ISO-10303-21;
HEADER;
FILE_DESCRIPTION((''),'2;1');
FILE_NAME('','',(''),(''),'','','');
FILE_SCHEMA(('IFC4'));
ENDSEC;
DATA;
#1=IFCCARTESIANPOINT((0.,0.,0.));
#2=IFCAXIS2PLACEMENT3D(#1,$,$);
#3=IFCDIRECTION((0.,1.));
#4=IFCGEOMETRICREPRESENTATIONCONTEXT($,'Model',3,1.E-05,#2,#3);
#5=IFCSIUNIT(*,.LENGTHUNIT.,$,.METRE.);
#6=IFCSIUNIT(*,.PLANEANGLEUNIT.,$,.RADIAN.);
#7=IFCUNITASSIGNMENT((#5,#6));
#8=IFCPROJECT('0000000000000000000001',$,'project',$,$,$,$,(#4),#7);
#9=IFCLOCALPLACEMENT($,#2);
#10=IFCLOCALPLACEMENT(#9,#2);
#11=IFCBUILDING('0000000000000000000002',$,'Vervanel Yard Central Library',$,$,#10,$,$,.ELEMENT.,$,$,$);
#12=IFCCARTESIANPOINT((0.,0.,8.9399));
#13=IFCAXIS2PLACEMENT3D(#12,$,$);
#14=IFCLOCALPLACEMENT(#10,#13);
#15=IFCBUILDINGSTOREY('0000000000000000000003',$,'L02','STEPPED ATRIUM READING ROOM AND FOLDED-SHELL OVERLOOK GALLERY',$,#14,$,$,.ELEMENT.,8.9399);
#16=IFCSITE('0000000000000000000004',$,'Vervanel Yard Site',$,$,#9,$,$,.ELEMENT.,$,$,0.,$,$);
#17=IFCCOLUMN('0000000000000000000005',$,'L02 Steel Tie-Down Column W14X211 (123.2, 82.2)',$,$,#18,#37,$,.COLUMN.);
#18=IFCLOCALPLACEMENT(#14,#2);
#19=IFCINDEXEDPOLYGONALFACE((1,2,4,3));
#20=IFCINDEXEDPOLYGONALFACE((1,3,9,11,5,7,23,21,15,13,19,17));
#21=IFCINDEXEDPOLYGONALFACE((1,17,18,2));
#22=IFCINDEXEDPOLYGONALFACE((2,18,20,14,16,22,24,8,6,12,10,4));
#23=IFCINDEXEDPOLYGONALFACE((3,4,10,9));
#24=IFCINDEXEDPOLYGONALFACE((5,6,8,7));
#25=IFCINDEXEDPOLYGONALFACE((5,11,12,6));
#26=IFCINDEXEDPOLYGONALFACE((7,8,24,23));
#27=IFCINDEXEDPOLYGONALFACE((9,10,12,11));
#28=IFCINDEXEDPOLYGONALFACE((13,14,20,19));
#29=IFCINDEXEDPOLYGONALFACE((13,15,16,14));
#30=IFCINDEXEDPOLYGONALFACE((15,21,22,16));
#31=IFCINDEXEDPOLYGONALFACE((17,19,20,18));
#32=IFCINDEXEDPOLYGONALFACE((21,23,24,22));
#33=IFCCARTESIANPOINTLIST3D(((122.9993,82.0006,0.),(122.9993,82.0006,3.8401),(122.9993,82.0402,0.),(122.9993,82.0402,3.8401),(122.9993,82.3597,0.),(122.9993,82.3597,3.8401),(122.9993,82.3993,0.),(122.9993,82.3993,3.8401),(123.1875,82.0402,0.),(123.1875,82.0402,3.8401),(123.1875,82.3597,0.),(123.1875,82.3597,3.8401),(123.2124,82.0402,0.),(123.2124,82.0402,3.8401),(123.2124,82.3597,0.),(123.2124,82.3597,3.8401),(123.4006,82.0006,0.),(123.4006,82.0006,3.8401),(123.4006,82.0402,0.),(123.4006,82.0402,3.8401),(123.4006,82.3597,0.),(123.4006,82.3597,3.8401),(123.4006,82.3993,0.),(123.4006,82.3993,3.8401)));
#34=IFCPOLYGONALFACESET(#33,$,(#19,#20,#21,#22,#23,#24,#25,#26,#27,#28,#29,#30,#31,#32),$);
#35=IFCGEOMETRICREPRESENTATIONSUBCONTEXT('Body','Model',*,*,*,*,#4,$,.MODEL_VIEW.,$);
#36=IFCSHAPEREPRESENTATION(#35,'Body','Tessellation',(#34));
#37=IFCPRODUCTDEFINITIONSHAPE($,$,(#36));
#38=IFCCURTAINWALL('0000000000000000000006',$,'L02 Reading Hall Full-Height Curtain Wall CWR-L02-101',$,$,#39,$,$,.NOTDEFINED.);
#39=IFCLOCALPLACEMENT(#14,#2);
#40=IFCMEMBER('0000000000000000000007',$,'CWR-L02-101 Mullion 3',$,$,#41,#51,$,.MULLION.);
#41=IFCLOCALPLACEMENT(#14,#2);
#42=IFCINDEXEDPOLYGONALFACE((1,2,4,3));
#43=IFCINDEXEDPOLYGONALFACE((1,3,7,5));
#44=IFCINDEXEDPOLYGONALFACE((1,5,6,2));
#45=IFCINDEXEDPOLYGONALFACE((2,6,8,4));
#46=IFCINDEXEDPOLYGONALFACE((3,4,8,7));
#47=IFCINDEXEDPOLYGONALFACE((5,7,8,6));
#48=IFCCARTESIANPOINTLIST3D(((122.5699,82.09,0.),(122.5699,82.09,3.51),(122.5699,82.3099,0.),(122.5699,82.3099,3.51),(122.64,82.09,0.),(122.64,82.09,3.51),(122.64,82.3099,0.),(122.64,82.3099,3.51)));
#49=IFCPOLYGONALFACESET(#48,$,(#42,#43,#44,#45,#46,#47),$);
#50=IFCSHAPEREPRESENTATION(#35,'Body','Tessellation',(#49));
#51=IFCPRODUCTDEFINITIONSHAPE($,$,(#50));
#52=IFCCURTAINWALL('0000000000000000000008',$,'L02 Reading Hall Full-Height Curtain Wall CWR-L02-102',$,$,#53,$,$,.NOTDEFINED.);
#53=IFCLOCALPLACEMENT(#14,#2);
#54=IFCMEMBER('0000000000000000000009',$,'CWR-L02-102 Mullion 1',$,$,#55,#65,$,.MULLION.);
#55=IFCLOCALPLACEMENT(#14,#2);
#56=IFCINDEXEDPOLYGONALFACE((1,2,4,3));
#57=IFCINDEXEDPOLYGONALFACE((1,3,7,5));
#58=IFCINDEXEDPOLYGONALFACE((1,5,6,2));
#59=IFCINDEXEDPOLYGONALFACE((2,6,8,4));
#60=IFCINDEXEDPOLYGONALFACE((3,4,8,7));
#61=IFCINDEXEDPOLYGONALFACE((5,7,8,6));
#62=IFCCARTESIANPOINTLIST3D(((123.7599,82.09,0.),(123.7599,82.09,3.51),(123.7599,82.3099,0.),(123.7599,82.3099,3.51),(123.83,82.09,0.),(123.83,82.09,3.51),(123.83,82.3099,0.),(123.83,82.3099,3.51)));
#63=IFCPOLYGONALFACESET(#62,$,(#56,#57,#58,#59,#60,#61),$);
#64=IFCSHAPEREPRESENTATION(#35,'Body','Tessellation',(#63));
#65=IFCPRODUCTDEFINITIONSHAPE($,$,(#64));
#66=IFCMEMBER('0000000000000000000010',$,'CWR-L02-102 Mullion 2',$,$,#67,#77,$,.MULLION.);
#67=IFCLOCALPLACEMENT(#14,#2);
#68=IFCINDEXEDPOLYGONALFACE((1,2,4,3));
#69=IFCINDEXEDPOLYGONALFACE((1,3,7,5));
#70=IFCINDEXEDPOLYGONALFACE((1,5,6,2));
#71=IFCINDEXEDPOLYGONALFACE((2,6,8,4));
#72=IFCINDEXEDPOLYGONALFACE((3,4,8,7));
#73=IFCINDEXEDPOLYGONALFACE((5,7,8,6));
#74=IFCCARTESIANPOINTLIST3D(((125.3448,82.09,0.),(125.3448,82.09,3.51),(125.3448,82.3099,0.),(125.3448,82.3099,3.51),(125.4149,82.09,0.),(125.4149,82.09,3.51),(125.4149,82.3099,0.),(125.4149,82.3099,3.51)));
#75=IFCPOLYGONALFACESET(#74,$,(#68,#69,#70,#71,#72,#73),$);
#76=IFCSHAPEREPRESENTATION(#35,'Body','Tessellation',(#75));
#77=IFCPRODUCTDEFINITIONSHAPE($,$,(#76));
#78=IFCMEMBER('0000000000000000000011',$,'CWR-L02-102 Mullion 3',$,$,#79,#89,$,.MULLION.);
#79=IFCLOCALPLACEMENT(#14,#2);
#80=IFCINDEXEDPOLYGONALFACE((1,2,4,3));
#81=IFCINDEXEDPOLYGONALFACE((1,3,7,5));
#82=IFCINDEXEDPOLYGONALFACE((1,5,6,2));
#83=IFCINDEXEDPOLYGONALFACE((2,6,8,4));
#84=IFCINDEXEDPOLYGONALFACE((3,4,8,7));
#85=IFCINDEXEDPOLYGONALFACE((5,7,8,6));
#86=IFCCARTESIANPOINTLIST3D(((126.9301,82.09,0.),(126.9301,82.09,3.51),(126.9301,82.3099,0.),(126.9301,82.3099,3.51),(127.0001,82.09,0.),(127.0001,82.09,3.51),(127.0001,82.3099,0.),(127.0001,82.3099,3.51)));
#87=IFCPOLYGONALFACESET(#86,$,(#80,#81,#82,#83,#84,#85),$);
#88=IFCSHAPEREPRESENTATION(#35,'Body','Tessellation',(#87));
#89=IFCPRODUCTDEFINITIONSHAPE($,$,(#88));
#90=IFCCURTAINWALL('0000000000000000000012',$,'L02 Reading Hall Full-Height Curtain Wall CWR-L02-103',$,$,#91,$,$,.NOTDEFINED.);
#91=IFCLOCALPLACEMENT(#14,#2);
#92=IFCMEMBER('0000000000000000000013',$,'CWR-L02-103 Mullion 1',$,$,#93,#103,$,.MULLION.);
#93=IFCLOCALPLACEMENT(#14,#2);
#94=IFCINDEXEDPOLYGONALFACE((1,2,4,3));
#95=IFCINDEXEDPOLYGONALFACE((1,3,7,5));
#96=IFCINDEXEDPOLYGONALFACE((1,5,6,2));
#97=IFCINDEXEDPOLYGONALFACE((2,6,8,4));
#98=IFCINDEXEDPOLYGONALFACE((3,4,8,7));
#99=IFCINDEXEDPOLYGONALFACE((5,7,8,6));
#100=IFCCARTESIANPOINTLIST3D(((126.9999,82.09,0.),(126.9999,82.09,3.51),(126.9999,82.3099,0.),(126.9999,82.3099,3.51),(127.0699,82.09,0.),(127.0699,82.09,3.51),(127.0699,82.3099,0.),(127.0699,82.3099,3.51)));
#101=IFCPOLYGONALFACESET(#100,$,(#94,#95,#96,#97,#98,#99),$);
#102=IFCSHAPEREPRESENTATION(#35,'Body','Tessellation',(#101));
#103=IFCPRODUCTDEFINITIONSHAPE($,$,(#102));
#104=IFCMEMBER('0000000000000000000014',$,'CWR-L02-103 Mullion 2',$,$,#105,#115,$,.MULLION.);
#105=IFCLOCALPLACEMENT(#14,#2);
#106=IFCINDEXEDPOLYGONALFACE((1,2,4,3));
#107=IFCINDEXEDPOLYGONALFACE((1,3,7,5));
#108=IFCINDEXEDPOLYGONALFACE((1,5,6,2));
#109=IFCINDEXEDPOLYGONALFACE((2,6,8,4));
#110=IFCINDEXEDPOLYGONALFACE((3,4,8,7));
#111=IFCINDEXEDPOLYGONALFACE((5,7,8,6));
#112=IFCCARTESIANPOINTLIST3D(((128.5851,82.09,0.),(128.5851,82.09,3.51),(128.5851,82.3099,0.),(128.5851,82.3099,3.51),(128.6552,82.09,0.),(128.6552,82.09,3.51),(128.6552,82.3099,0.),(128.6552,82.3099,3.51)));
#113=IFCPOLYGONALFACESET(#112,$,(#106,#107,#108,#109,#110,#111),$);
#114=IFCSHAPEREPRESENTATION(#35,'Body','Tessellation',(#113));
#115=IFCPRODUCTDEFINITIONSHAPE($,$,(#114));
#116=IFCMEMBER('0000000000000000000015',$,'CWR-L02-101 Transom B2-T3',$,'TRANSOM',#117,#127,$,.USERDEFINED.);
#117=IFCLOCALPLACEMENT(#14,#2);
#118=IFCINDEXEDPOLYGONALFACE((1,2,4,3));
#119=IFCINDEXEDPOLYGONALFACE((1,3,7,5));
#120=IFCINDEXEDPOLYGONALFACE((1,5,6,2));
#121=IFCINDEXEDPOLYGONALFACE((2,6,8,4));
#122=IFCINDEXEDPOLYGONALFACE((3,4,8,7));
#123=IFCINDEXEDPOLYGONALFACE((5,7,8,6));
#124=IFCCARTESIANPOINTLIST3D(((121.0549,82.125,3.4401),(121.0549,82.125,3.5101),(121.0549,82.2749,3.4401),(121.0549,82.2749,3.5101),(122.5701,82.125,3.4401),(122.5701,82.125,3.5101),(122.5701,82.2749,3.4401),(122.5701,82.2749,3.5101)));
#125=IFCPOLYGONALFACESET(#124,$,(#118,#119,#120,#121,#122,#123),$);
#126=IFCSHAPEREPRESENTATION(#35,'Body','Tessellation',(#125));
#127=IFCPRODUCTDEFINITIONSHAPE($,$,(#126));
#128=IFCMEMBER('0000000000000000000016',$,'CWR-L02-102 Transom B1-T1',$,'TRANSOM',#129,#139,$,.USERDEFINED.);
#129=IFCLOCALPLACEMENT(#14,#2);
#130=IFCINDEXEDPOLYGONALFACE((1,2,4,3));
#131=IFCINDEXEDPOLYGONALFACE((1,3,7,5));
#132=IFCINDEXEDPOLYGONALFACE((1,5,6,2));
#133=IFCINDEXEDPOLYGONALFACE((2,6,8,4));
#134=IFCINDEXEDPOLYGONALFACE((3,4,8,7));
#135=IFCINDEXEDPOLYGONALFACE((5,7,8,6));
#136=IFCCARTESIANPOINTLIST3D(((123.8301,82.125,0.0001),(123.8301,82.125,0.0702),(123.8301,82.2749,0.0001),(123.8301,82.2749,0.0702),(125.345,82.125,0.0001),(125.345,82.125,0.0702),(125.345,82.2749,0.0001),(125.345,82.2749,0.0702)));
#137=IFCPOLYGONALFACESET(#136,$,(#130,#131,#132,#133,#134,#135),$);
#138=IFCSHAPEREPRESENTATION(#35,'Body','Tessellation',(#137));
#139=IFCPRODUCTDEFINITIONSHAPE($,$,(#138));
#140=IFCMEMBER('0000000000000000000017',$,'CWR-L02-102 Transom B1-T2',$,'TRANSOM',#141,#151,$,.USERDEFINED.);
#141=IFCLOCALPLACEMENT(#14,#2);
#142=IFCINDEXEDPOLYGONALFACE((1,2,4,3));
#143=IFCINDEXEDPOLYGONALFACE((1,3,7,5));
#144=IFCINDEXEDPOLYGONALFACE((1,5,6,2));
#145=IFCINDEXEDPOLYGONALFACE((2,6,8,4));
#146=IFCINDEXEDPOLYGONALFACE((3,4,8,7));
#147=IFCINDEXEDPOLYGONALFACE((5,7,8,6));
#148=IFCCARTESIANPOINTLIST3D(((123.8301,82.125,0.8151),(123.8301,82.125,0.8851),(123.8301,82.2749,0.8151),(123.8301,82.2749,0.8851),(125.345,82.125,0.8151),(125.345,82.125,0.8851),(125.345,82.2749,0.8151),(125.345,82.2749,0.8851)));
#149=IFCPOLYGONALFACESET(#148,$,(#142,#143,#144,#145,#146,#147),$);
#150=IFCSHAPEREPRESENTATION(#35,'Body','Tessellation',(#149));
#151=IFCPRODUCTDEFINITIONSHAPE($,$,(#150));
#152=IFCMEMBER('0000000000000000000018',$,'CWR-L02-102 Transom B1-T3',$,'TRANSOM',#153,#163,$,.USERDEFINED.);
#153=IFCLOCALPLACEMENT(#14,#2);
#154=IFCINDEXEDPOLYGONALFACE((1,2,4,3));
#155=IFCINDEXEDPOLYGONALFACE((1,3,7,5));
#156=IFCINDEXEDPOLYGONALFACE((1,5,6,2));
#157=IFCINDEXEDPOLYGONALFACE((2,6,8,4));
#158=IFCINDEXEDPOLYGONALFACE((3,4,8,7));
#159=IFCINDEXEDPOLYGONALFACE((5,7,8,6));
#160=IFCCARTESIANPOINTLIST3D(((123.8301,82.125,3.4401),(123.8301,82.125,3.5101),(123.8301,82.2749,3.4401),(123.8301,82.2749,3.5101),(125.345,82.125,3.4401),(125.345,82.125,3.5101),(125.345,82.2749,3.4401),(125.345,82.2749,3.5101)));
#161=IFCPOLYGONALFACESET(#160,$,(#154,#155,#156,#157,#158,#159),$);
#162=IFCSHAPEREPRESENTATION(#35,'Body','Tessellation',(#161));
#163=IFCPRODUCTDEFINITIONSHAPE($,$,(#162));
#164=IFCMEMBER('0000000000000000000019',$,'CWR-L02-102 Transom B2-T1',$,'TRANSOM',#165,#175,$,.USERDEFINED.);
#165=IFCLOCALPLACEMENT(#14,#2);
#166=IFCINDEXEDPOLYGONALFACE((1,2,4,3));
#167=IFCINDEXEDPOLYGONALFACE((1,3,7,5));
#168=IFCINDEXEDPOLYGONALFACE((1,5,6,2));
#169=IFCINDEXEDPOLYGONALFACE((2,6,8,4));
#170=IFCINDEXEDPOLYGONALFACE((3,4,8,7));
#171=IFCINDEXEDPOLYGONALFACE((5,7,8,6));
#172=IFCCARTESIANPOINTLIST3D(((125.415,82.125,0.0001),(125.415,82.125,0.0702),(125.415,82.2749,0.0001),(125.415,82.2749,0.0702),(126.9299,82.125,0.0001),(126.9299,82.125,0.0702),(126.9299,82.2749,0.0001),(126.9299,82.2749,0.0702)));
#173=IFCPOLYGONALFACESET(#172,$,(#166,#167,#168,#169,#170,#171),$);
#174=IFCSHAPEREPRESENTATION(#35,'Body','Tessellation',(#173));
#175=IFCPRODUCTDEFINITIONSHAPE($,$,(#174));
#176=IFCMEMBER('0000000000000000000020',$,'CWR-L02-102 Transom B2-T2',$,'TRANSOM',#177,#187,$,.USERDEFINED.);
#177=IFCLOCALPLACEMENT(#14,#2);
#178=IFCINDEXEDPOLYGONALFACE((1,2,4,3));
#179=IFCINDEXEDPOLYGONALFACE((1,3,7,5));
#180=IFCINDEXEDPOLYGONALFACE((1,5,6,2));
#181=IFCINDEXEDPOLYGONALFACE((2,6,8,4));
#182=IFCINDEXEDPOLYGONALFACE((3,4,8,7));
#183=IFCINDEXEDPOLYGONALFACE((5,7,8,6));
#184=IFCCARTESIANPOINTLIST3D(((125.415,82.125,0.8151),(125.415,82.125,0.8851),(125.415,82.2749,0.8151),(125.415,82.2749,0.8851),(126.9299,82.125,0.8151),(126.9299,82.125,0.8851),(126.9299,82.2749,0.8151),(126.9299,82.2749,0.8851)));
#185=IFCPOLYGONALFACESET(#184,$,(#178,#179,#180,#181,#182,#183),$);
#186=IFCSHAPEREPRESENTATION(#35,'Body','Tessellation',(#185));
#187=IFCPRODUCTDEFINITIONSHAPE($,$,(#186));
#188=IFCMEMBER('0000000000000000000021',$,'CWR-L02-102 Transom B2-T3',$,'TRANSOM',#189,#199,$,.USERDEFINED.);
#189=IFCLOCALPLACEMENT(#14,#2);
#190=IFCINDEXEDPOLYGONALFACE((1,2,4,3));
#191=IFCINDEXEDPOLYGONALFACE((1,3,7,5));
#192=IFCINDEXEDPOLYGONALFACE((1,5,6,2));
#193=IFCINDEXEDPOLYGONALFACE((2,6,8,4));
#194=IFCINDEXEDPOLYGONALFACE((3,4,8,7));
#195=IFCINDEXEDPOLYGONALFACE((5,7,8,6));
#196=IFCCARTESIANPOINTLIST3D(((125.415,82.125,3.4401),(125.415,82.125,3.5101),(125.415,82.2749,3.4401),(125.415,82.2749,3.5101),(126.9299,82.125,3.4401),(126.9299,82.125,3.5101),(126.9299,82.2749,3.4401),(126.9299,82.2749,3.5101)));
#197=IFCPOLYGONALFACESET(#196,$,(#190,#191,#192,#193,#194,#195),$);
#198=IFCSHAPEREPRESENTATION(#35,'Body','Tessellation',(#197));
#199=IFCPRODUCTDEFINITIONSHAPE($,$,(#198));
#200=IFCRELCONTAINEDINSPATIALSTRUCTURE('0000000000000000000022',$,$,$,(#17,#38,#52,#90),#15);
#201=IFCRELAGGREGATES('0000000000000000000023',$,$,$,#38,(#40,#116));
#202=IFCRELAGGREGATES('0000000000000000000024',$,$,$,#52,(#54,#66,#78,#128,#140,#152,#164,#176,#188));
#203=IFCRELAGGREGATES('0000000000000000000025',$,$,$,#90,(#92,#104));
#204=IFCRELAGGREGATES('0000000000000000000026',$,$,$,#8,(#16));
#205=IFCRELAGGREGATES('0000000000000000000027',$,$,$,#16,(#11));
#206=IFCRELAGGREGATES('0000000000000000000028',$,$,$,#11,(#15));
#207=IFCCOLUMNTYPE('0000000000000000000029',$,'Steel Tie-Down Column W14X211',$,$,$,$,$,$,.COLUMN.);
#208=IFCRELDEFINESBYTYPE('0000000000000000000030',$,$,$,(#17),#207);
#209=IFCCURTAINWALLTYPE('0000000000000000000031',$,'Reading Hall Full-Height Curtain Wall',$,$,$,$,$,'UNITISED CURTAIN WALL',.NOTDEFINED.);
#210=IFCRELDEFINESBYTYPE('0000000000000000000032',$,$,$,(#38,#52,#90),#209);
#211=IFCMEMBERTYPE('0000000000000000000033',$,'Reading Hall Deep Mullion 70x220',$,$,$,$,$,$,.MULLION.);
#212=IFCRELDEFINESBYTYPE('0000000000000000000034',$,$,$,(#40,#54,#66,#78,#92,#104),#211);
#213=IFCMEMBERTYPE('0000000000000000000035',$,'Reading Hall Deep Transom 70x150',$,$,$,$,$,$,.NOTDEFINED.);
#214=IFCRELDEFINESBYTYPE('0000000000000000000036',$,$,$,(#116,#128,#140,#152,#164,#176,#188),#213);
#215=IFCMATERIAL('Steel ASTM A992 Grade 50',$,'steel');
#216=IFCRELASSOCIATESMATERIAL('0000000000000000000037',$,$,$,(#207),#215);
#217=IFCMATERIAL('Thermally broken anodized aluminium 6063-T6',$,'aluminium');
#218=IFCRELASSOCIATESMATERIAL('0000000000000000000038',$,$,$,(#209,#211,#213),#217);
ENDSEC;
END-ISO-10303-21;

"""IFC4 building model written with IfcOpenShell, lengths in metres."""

from ifc_helpers import new_model, si_unit, direction, frame, origin, origin_2d, place, context, subcontext, project, spatial, rectangle, i_section, extrude, material, material_profile, profile_set, type_object, element, aggregate, save


model = new_model("IFC4")

# Units and contexts
model_context = context("Model", 3, precision=1e-05, world=origin(), true_north=direction((0.0, 1.0)))
body_context = subcontext(model_context, "Body", "Model", "MODEL_VIEW")
ifc_project = project(units=[si_unit("LENGTHUNIT", "METRE"), si_unit("PLANEANGLEUNIT", "RADIAN")], contexts=[model_context])

# Site, building, storey
site_placement = place(None, origin())
site = spatial("IfcSite", under=ifc_project, at=site_placement, Name="Vervanel Yard Site", CompositionType="ELEMENT", RefElevation=0.0)
building_placement = place(site_placement, origin())
building = spatial("IfcBuilding", under=site, at=building_placement, Name="Vervanel Yard Central Library", CompositionType="ELEMENT")
storey_placement = place(building_placement, frame((0.0, 0.0, 8.9399)))
storey = spatial("IfcBuildingStorey", under=building, at=storey_placement, Name="L02", Description="STEPPED ATRIUM READING ROOM AND FOLDED-SHELL OVERLOOK GALLERY", CompositionType="ELEMENT", Elevation=8.9399)

# Column
ifc_material_1 = material(Name="Steel ASTM A992 Grade 50", Category="steel")
ifc_material_profile_1 = material_profile(ifc_material_1, i_section(OverallWidth=0.4014, OverallDepth=0.3987, WebThickness=0.0249, FlangeThickness=0.0396, at=origin_2d()), Name="W14X211", Category="steel")
ifc_profile_set_1 = profile_set([ifc_material_profile_1], Name="Steel ASTM A992 Grade 50")
column_type = type_object("IfcColumnType", Name="Steel Tie-Down Column W14X211", PredefinedType="COLUMN", material=ifc_profile_set_1)
column_placement = place(storey_placement, frame((123.2, 82.2, 0.0), z_axis=(0.0, 0.0, 1.0), x_axis=(1.0, 0.0, 0.0)))
element("IfcColumn", 1, at=column_placement, inside=storey, type_object=column_type, Name="L02 Steel Tie-Down Column W14X211 (123.2, 82.2)", PredefinedType="COLUMN", context=body_context, shape_type="SweptSolid", body=[
    extrude(i_section(OverallWidth=0.4014, OverallDepth=0.3987, WebThickness=0.0249, FlangeThickness=0.0396, at=origin_2d()), origin(), (0.0, 0.0, 1.0), 3.8401),
])

# Curtain wall, member
ifc_material_2 = material(Name="Thermally broken anodized aluminium 6063-T6", Category="aluminium")
curtain_wall_type = type_object("IfcCurtainWallType", Name="Reading Hall Full-Height Curtain Wall", ElementType="UNITISED CURTAIN WALL", PredefinedType="NOTDEFINED", material=ifc_material_2)
curtain_wall_1_placement = place(storey_placement, origin())
curtain_wall_1 = element("IfcCurtainWall", 2, at=curtain_wall_1_placement, inside=storey, type_object=curtain_wall_type, Name="L02 Reading Hall Full-Height Curtain Wall CWR-L02-101", PredefinedType="NOTDEFINED")
ifc_material_profile_2 = material_profile(ifc_material_2, rectangle(XDim=0.0701, YDim=0.22, at=origin_2d()), Name="ALU 70x220", Category="aluminium")
ifc_profile_set_2 = profile_set([ifc_material_profile_2], Name="Thermally broken anodized aluminium 6063-T6")
member_type_1 = type_object("IfcMemberType", Name="Reading Hall Deep Mullion 70x220", PredefinedType="MULLION", material=ifc_profile_set_2)
member_1_placement = place(storey_placement, frame((122.605, 82.2, 0.0), z_axis=(0.0, 0.0, 1.0), x_axis=(1.0, 0.0, 0.0)))
member_1 = element("IfcMember", 3, at=member_1_placement, type_object=member_type_1, Name="CWR-L02-101 Mullion 3", PredefinedType="MULLION", context=body_context, shape_type="SweptSolid", body=[
    extrude(rectangle(XDim=0.0701, YDim=0.22, at=origin_2d()), origin(), (0.0, 0.0, 1.0), 3.51),
])

# Curtain walls, members
curtain_wall_2_placement = place(storey_placement, origin())
curtain_wall_2 = element("IfcCurtainWall", 4, at=curtain_wall_2_placement, inside=storey, type_object=curtain_wall_type, Name="L02 Reading Hall Full-Height Curtain Wall CWR-L02-102", PredefinedType="NOTDEFINED")
member_2_placement = place(storey_placement, frame((123.7949, 82.2, 0.0), z_axis=(0.0, 0.0, 1.0), x_axis=(1.0, 0.0, 0.0)))
member_2 = element("IfcMember", 5, at=member_2_placement, type_object=member_type_1, Name="CWR-L02-102 Mullion 1", PredefinedType="MULLION", context=body_context, shape_type="SweptSolid", body=[
    extrude(rectangle(XDim=0.0701, YDim=0.22, at=origin_2d()), origin(), (0.0, 0.0, 1.0), 3.51),
])
member_3_placement = place(storey_placement, frame((125.3799, 82.2, 0.0), z_axis=(0.0, 0.0, 1.0), x_axis=(1.0, 0.0, 0.0)))
member_3 = element("IfcMember", 6, at=member_3_placement, type_object=member_type_1, Name="CWR-L02-102 Mullion 2", PredefinedType="MULLION", context=body_context, shape_type="SweptSolid", body=[
    extrude(rectangle(XDim=0.0701, YDim=0.22, at=origin_2d()), origin(), (0.0, 0.0, 1.0), 3.51),
])
member_4_placement = place(storey_placement, frame((126.9651, 82.2, 0.0), z_axis=(0.0, 0.0, 1.0), x_axis=(1.0, 0.0, 0.0)))
member_4 = element("IfcMember", 7, at=member_4_placement, type_object=member_type_1, Name="CWR-L02-102 Mullion 3", PredefinedType="MULLION", context=body_context, shape_type="SweptSolid", body=[
    extrude(rectangle(XDim=0.0701, YDim=0.22, at=origin_2d()), origin(), (0.0, 0.0, 1.0), 3.51),
])
curtain_wall_3_placement = place(storey_placement, origin())
curtain_wall_3 = element("IfcCurtainWall", 8, at=curtain_wall_3_placement, inside=storey, type_object=curtain_wall_type, Name="L02 Reading Hall Full-Height Curtain Wall CWR-L02-103", PredefinedType="NOTDEFINED")
member_5_placement = place(storey_placement, frame((127.0349, 82.2, 0.0), z_axis=(0.0, 0.0, 1.0), x_axis=(1.0, 0.0, 0.0)))
member_5 = element("IfcMember", 9, at=member_5_placement, type_object=member_type_1, Name="CWR-L02-103 Mullion 1", PredefinedType="MULLION", context=body_context, shape_type="SweptSolid", body=[
    extrude(rectangle(XDim=0.0701, YDim=0.22, at=origin_2d()), origin(), (0.0, 0.0, 1.0), 3.51),
])
member_6_placement = place(storey_placement, frame((128.6201, 82.2, 0.0), z_axis=(0.0, 0.0, 1.0), x_axis=(1.0, 0.0, 0.0)))
member_6 = element("IfcMember", 10, at=member_6_placement, type_object=member_type_1, Name="CWR-L02-103 Mullion 2", PredefinedType="MULLION", context=body_context, shape_type="SweptSolid", body=[
    extrude(rectangle(XDim=0.0701, YDim=0.22, at=origin_2d()), origin(), (0.0, 0.0, 1.0), 3.51),
])

# Members
ifc_material_profile_3 = material_profile(ifc_material_2, rectangle(XDim=0.0701, YDim=0.1499, at=origin_2d()), Name="ALU 70x150", Category="aluminium")
ifc_profile_set_3 = profile_set([ifc_material_profile_3], Name="Thermally broken anodized aluminium 6063-T6")
member_type_2 = type_object("IfcMemberType", Name="Reading Hall Deep Transom 70x150", PredefinedType="NOTDEFINED", material=ifc_profile_set_3)
member_7_placement = place(storey_placement, frame((121.0549, 82.2, 3.4751), z_axis=(1.0, 0.0, 0.0), x_axis=(0.0, 0.0, 1.0)))
member_7 = element("IfcMember", 11, at=member_7_placement, type_object=member_type_2, Name="CWR-L02-101 Transom B2-T3", ObjectType="TRANSOM", PredefinedType="USERDEFINED", context=body_context, shape_type="SweptSolid", body=[
    extrude(rectangle(XDim=0.0701, YDim=0.1499, at=origin_2d()), origin(), (0.0, 0.0, 1.0), 1.5151),
])
member_8_placement = place(storey_placement, frame((123.8301, 82.2, 0.0352), z_axis=(1.0, 0.0, 0.0), x_axis=(0.0, 0.0, 1.0)))
member_8 = element("IfcMember", 12, at=member_8_placement, type_object=member_type_2, Name="CWR-L02-102 Transom B1-T1", ObjectType="TRANSOM", PredefinedType="USERDEFINED", context=body_context, shape_type="SweptSolid", body=[
    extrude(rectangle(XDim=0.0701, YDim=0.1499, at=origin_2d()), origin(), (0.0, 0.0, 1.0), 1.5149),
])
member_9_placement = place(storey_placement, frame((123.8301, 82.2, 0.8501), z_axis=(1.0, 0.0, 0.0), x_axis=(0.0, 0.0, 1.0)))
member_9 = element("IfcMember", 13, at=member_9_placement, type_object=member_type_2, Name="CWR-L02-102 Transom B1-T2", ObjectType="TRANSOM", PredefinedType="USERDEFINED", context=body_context, shape_type="SweptSolid", body=[
    extrude(rectangle(XDim=0.0701, YDim=0.1499, at=origin_2d()), origin(), (0.0, 0.0, 1.0), 1.5149),
])
member_10_placement = place(storey_placement, frame((123.8301, 82.2, 3.4751), z_axis=(1.0, 0.0, 0.0), x_axis=(0.0, 0.0, 1.0)))
member_10 = element("IfcMember", 14, at=member_10_placement, type_object=member_type_2, Name="CWR-L02-102 Transom B1-T3", ObjectType="TRANSOM", PredefinedType="USERDEFINED", context=body_context, shape_type="SweptSolid", body=[
    extrude(rectangle(XDim=0.0701, YDim=0.1499, at=origin_2d()), origin(), (0.0, 0.0, 1.0), 1.5149),
])
member_11_placement = place(storey_placement, frame((125.415, 82.2, 0.0352), z_axis=(1.0, 0.0, 0.0), x_axis=(0.0, 0.0, 1.0)))
member_11 = element("IfcMember", 15, at=member_11_placement, type_object=member_type_2, Name="CWR-L02-102 Transom B2-T1", ObjectType="TRANSOM", PredefinedType="USERDEFINED", context=body_context, shape_type="SweptSolid", body=[
    extrude(rectangle(XDim=0.0701, YDim=0.1499, at=origin_2d()), origin(), (0.0, 0.0, 1.0), 1.5149),
])
member_12_placement = place(storey_placement, frame((125.415, 82.2, 0.8501), z_axis=(1.0, 0.0, 0.0), x_axis=(0.0, 0.0, 1.0)))
member_12 = element("IfcMember", 16, at=member_12_placement, type_object=member_type_2, Name="CWR-L02-102 Transom B2-T2", ObjectType="TRANSOM", PredefinedType="USERDEFINED", context=body_context, shape_type="SweptSolid", body=[
    extrude(rectangle(XDim=0.0701, YDim=0.1499, at=origin_2d()), origin(), (0.0, 0.0, 1.0), 1.5149),
])
member_13_placement = place(storey_placement, frame((125.415, 82.2, 3.4751), z_axis=(1.0, 0.0, 0.0), x_axis=(0.0, 0.0, 1.0)))
member_13 = element("IfcMember", 17, at=member_13_placement, type_object=member_type_2, Name="CWR-L02-102 Transom B2-T3", ObjectType="TRANSOM", PredefinedType="USERDEFINED", context=body_context, shape_type="SweptSolid", body=[
    extrude(rectangle(XDim=0.0701, YDim=0.1499, at=origin_2d()), origin(), (0.0, 0.0, 1.0), 1.5149),
])

aggregate(curtain_wall_1, [member_1, member_7])
aggregate(curtain_wall_2, [member_2, member_3, member_4, member_8, member_9, member_10, member_11, member_12, member_13])
aggregate(curtain_wall_3, [member_5, member_6])

save(model, "model.ifc")
